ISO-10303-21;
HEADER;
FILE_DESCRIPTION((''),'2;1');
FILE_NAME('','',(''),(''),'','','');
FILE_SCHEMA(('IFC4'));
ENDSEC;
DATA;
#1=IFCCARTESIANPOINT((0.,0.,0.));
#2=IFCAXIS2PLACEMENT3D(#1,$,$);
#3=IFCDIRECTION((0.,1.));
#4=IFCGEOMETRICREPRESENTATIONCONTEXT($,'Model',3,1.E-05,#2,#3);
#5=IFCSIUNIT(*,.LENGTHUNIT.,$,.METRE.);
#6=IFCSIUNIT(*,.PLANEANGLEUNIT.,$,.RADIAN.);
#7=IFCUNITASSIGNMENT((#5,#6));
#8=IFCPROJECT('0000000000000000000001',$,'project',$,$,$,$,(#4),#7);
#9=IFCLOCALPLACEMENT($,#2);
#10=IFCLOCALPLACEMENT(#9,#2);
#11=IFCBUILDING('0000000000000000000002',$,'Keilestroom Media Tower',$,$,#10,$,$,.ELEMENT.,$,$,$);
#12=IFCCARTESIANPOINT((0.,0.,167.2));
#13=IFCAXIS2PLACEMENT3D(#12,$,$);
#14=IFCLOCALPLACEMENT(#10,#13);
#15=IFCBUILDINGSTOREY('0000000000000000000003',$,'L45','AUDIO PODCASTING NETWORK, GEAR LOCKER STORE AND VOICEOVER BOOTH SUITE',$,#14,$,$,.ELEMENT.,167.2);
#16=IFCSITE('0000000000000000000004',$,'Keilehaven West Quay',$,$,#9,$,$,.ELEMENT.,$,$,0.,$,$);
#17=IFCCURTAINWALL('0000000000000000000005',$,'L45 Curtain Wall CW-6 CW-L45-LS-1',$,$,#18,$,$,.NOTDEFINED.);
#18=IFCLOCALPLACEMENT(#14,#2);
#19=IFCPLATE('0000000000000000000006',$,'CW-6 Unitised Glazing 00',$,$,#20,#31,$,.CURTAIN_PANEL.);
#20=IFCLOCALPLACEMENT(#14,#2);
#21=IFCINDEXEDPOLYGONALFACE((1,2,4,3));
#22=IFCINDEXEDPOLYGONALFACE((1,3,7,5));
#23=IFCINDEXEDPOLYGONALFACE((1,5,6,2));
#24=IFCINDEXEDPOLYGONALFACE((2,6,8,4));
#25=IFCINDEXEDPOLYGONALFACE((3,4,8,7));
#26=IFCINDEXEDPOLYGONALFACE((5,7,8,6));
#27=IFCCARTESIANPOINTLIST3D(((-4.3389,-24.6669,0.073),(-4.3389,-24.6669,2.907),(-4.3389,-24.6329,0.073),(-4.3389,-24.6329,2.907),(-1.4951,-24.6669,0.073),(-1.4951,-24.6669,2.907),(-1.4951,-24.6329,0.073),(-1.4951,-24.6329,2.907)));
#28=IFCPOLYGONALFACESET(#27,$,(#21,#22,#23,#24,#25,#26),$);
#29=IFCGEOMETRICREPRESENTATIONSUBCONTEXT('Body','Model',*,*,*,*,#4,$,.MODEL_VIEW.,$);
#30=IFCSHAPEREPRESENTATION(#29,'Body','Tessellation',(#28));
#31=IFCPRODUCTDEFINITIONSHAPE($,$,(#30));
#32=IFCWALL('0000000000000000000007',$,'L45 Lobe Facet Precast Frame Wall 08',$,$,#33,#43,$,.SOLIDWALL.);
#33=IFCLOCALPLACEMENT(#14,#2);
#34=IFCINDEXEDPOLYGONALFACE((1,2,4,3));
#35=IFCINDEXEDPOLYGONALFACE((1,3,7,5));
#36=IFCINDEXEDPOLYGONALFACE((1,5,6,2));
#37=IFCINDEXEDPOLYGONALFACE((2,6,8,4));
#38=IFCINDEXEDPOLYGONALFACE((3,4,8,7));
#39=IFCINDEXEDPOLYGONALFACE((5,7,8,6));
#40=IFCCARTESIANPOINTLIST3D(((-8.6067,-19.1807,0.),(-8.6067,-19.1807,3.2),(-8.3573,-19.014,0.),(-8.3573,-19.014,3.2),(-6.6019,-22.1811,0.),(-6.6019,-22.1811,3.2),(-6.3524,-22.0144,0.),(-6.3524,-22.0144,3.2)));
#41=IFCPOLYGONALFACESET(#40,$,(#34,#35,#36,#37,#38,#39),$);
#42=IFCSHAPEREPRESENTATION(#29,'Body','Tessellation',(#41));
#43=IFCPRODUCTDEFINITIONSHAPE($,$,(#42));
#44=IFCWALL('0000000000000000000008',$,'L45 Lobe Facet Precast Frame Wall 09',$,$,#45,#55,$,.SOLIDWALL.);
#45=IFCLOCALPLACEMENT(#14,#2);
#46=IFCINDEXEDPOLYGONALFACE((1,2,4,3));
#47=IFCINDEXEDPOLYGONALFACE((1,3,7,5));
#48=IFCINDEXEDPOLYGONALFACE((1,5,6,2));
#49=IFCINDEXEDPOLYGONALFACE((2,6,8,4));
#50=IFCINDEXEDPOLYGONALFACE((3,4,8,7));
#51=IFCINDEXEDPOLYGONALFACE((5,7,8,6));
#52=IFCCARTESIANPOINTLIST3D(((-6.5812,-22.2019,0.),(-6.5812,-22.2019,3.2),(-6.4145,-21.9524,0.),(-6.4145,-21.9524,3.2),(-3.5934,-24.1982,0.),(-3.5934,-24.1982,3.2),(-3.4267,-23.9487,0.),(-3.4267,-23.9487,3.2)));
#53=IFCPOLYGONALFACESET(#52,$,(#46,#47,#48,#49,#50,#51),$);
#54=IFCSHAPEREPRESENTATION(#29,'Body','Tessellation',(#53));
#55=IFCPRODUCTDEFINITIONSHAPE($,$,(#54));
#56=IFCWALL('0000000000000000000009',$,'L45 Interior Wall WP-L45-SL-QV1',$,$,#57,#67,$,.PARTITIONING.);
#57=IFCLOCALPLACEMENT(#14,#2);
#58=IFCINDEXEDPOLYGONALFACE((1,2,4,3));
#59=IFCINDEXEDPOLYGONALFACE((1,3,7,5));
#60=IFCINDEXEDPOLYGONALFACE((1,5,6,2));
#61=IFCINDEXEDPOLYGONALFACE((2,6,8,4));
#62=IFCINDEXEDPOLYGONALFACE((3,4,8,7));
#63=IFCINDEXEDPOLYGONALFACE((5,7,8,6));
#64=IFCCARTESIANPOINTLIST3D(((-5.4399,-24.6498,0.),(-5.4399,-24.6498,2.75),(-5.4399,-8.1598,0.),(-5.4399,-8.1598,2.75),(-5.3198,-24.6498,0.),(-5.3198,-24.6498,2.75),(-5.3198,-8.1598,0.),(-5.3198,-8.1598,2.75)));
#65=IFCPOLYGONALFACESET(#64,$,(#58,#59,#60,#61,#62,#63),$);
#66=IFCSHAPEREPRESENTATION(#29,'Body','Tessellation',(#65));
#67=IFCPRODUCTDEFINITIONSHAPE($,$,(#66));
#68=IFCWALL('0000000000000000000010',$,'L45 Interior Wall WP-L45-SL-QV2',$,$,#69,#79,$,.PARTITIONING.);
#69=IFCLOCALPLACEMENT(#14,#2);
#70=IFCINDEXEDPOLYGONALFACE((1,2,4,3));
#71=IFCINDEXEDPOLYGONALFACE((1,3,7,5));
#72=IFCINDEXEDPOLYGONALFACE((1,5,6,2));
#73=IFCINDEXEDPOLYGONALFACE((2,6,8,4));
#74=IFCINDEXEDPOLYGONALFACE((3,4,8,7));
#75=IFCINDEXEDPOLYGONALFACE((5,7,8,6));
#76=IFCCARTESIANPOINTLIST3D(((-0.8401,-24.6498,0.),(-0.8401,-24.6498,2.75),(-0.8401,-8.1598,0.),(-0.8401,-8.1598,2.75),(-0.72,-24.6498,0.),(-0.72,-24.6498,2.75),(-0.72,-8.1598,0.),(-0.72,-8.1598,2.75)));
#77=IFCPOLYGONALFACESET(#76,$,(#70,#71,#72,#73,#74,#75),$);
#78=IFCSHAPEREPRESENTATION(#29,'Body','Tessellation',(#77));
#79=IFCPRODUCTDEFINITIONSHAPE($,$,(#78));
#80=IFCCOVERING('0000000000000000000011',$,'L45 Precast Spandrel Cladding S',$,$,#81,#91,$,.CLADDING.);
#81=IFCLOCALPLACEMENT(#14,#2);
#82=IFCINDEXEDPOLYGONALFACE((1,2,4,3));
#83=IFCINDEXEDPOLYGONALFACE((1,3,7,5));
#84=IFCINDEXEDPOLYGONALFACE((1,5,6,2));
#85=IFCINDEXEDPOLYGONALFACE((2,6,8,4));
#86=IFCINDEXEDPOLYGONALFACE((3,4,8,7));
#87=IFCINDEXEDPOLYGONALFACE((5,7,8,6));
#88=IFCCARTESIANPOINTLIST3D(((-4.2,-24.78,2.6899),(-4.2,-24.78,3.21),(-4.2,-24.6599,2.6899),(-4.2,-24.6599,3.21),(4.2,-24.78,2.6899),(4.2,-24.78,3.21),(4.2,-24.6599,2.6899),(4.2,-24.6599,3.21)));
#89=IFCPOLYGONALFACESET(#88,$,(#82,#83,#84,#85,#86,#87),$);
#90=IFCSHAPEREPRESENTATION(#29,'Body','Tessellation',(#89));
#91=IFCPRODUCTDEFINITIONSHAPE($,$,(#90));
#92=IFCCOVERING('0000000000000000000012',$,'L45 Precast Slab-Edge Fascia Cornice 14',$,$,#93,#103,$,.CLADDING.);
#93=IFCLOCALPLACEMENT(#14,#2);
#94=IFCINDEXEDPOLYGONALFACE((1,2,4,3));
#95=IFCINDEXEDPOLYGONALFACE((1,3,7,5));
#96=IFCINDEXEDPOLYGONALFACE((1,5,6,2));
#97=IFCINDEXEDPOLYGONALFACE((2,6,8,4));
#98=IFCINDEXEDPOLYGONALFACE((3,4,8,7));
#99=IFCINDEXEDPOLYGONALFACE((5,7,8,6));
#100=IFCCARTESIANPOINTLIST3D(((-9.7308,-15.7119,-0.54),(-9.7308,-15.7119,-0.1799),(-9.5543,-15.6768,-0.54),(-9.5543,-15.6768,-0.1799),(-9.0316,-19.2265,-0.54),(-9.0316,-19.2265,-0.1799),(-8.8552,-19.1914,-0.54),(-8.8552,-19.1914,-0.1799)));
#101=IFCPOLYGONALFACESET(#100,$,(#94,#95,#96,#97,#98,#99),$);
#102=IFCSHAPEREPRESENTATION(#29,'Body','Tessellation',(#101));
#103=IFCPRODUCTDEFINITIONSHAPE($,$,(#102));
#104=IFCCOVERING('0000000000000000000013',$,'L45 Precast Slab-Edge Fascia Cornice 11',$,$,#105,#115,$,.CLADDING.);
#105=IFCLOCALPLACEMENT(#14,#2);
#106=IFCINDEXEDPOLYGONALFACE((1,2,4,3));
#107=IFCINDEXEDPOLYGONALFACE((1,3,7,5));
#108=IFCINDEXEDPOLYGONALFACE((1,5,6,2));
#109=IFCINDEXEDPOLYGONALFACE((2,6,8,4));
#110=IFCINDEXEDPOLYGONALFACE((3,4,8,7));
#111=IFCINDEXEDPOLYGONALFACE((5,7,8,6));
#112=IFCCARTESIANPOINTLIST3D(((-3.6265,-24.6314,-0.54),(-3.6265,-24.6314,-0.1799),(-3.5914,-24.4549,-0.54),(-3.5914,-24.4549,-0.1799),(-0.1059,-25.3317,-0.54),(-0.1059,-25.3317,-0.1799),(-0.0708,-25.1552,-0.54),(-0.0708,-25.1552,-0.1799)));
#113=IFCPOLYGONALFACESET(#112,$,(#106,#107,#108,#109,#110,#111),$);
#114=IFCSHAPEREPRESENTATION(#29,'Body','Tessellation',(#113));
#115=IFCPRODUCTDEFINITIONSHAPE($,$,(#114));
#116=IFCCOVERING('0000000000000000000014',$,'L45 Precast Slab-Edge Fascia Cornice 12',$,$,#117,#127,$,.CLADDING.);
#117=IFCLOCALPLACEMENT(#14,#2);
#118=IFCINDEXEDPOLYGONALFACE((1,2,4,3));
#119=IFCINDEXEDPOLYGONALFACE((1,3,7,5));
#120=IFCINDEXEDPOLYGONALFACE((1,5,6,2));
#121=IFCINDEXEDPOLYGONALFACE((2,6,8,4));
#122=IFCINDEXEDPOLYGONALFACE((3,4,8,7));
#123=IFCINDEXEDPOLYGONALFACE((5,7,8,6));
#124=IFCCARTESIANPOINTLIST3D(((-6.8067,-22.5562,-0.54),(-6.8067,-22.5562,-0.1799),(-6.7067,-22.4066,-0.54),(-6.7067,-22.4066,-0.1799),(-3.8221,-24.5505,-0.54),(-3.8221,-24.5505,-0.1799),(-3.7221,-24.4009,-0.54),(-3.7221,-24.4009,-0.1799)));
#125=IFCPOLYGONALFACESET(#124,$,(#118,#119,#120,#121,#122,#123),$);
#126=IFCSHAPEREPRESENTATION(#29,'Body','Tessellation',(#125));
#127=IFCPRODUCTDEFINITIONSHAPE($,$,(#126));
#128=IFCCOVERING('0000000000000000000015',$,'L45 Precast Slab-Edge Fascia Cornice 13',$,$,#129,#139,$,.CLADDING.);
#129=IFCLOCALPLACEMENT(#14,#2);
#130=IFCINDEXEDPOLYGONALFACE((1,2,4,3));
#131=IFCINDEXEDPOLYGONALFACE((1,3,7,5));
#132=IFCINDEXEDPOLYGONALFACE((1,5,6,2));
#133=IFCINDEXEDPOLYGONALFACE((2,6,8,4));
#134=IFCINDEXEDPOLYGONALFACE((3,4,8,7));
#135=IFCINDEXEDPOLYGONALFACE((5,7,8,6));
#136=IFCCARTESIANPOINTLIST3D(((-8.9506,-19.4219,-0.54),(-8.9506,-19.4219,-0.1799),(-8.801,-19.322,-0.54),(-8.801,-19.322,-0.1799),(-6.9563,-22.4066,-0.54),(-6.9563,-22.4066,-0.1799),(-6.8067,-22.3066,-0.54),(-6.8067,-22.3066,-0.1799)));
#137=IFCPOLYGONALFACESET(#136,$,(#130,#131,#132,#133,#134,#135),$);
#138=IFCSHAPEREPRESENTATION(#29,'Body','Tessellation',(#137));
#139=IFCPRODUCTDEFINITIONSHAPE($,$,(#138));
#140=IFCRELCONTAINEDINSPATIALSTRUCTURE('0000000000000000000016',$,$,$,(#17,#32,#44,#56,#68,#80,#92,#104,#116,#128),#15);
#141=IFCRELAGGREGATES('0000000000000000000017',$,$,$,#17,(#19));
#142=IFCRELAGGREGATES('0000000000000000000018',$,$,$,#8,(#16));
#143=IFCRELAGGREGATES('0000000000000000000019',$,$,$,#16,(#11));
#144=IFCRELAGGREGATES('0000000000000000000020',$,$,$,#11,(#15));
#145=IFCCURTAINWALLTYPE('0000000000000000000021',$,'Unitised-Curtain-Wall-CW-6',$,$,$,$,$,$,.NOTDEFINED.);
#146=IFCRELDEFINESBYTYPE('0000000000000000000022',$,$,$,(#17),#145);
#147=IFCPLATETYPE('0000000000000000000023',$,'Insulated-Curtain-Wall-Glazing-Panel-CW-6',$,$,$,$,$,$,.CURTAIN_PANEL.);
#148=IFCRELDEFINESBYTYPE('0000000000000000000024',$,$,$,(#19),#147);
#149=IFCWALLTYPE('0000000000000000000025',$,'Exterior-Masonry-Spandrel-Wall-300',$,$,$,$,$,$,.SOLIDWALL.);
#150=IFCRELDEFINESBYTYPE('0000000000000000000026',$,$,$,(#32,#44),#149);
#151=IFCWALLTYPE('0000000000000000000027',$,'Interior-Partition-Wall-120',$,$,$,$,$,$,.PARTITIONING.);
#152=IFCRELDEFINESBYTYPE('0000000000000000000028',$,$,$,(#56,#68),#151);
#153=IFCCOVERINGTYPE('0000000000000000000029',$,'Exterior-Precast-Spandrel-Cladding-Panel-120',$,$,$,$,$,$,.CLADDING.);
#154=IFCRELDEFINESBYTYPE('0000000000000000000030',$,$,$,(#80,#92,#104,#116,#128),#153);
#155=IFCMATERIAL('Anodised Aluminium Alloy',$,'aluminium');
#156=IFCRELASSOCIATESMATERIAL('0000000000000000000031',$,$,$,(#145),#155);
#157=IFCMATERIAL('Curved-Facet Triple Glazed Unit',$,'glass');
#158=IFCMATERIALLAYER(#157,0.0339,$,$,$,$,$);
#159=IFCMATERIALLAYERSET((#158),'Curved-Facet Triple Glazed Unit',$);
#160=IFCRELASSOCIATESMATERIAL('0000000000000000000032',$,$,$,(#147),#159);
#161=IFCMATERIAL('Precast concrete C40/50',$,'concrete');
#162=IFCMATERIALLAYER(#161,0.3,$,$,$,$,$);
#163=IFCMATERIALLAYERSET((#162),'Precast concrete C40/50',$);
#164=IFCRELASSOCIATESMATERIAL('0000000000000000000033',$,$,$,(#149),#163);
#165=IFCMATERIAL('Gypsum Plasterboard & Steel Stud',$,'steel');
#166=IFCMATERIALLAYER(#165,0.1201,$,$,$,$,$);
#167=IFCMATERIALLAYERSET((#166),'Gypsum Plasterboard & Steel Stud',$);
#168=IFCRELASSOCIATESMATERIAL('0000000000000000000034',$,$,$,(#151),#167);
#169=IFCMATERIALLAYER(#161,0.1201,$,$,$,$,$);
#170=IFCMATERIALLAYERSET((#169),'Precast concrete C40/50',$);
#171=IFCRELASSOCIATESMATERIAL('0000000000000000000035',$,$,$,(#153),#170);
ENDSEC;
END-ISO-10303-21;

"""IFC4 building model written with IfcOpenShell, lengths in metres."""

from ifc_helpers import new_model, si_unit, direction, frame, frame_2d, origin, origin_2d, place, context, subcontext, project, spatial, rectangle, extrude, source, transform, mapped, material, layer, layer_set, type_object, element, aggregate, save


model = new_model("IFC4")

# Units and contexts
model_context = context("Model", 3, precision=1e-05, world=origin(), true_north=direction((0.0, 1.0)))
body_context = subcontext(model_context, "Body", "Model", "MODEL_VIEW")
ifc_project = project(units=[si_unit("LENGTHUNIT", "METRE"), si_unit("PLANEANGLEUNIT", "RADIAN")], contexts=[model_context])

# Site, building, storey
site_placement = place(None, origin())
site = spatial("IfcSite", under=ifc_project, at=site_placement, Name="Keilehaven West Quay", CompositionType="ELEMENT", RefElevation=0.0)
building_placement = place(site_placement, origin())
building = spatial("IfcBuilding", under=site, at=building_placement, Name="Keilestroom Media Tower", CompositionType="ELEMENT")
storey_placement = place(building_placement, frame((0.0, 0.0, 167.2)))
storey = spatial("IfcBuildingStorey", under=building, at=storey_placement, Name="L45", Description="AUDIO PODCASTING NETWORK, GEAR LOCKER STORE AND VOICEOVER BOOTH SUITE", CompositionType="ELEMENT", Elevation=167.2)

# Curtain wall, plate
ifc_material_1 = material(Name="Anodised Aluminium Alloy", Category="aluminium")
curtain_wall_type = type_object("IfcCurtainWallType", Name="Unitised-Curtain-Wall-CW-6", PredefinedType="NOTDEFINED", material=ifc_material_1)
curtain_wall_placement = place(storey_placement, origin())
curtain_wall = element("IfcCurtainWall", 1, at=curtain_wall_placement, inside=storey, type_object=curtain_wall_type, Name="L45 Curtain Wall CW-6 CW-L45-LS-1", PredefinedType="NOTDEFINED")
ifc_material_2 = material(Name="Curved-Facet Triple Glazed Unit", Category="glass")
ifc_layer_1 = layer(ifc_material_2, 0.0339)
ifc_layer_set_1 = layer_set([ifc_layer_1], Name="Curved-Facet Triple Glazed Unit")
plate_type = type_object("IfcPlateType", Name="Insulated-Curtain-Wall-Glazing-Panel-CW-6", PredefinedType="CURTAIN_PANEL", material=ifc_layer_set_1)
shared_shape_1 = source(origin(), body_context, "Body", "SweptSolid", [
    extrude(rectangle(XDim=2.8438, YDim=0.0339, at=origin_2d()), origin(), (0.0, 0.0, 1.0), 2.834),
])
plate_placement = place(storey_placement, frame((-2.917, -24.6499, 0.073), z_axis=(0.0, 0.0, 1.0), x_axis=(1.0, 0.0, 0.0)))
plate = element("IfcPlate", 2, at=plate_placement, type_object=plate_type, Name="CW-6 Unitised Glazing 00", PredefinedType="CURTAIN_PANEL", context=body_context, shape_type="MappedRepresentation", body=[
    mapped(shared_shape_1, transform((0.0, 0.0, 0.0), x_axis=(1.0, 0.0, 0.0), y_axis=(0.0, 1.0, 0.0), z_axis=(0.0, 0.0, 1.0), scale=1.0)),
])
aggregate(curtain_wall, [plate])

# Walls
ifc_material_3 = material(Name="Precast concrete C40/50", Category="concrete")
ifc_layer_2 = layer(ifc_material_3, 0.3)
ifc_layer_set_2 = layer_set([ifc_layer_2], Name="Precast concrete C40/50")
wall_type_1 = type_object("IfcWallType", Name="Exterior-Masonry-Spandrel-Wall-300", PredefinedType="SOLIDWALL", material=ifc_layer_set_2)
wall_1_placement = place(storey_placement, frame((-8.4819, -19.0974, 0.0), z_axis=(0.0, 0.0, 1.0), x_axis=(0.555574, -0.831467, 0.0)))
element("IfcWall", 3, at=wall_1_placement, inside=storey, type_object=wall_type_1, Name="L45 Lobe Facet Precast Frame Wall 08", PredefinedType="SOLIDWALL", context=body_context, shape_type="SweptSolid", body=[
    extrude(rectangle(XDim=3.6086, YDim=0.3, at=frame_2d((1.8042, 0.0))), origin(), (0.0, 0.0, 1.0), 3.2),
])
wall_2_placement = place(storey_placement, frame((-6.4978, -22.0771, 0.0), z_axis=(0.0, 0.0, 1.0), x_axis=(0.831475, -0.555562, 0.0)))
element("IfcWall", 4, at=wall_2_placement, inside=storey, type_object=wall_type_1, Name="L45 Lobe Facet Precast Frame Wall 09", PredefinedType="SOLIDWALL", context=body_context, shape_type="SweptSolid", body=[
    extrude(rectangle(XDim=3.5933, YDim=0.3, at=frame_2d((1.7966, 0.0))), origin(), (0.0, 0.0, 1.0), 3.2),
])
ifc_material_4 = material(Name="Gypsum Plasterboard & Steel Stud", Category="steel")
ifc_layer_3 = layer(ifc_material_4, 0.1201)
ifc_layer_set_3 = layer_set([ifc_layer_3], Name="Gypsum Plasterboard & Steel Stud")
wall_type_2 = type_object("IfcWallType", Name="Interior-Partition-Wall-120", PredefinedType="PARTITIONING", material=ifc_layer_set_3)
for number, where, z_axis, x_axis, name in (
    (5, (-5.3799, -24.6499, 0.0), (0.0, 0.0, 1.0), (0.0, 1.0, 0.0), "L45 Interior Wall WP-L45-SL-QV1"),
    (6, (-0.78, -24.6499, 0.0), (0.0, 0.0, 1.0), (0.0, 1.0, 0.0), "L45 Interior Wall WP-L45-SL-QV2"),
):
    element("IfcWall", number, at=place(storey_placement, frame(where, z_axis=z_axis, x_axis=x_axis)), inside=storey, type_object=wall_type_2, Name=name, PredefinedType="PARTITIONING", context=body_context, shape_type="SweptSolid", body=[
        extrude(rectangle(XDim=16.49, YDim=0.1201, at=frame_2d((8.2451, 0.0))), origin(), (0.0, 0.0, 1.0), 2.75),
    ])

# Coverings
ifc_layer_4 = layer(ifc_material_3, 0.1201)
ifc_layer_set_4 = layer_set([ifc_layer_4], Name="Precast concrete C40/50")
covering_type = type_object("IfcCoveringType", Name="Exterior-Precast-Spandrel-Cladding-Panel-120", PredefinedType="CLADDING", material=ifc_layer_set_4)
shared_shape_2 = source(origin(), body_context, "Body", "SweptSolid", [
    extrude(rectangle(XDim=8.3999, YDim=0.1201, at=origin_2d()), origin(), (0.0, 0.0, 1.0), 0.52),
])
covering_1_placement = place(storey_placement, frame((0.0, -24.72, 2.6899), z_axis=(0.0, 0.0, 1.0), x_axis=(1.0, 0.0, 0.0)))
element("IfcCovering", 7, at=covering_1_placement, inside=storey, type_object=covering_type, Name="L45 Precast Spandrel Cladding S", PredefinedType="CLADDING", context=body_context, shape_type="MappedRepresentation", body=[
    mapped(shared_shape_2, transform((0.0, 0.0, 0.0), x_axis=(1.0, 0.0, 0.0), y_axis=(0.0, 1.0, 0.0), z_axis=(0.0, 0.0, 1.0), scale=1.0)),
])
shared_shape_3 = source(origin(), body_context, "Body", "SweptSolid", [
    extrude(rectangle(XDim=3.5835, YDim=0.1799, at=origin_2d()), origin(), (0.0, 0.0, 1.0), 0.3601),
])
covering_2_placement = place(storey_placement, frame((-9.293, -17.4517, -0.54), z_axis=(0.0, 0.0, 1.0), x_axis=(-0.195099, 0.980784, 0.0)))
element("IfcCovering", 8, at=covering_2_placement, inside=storey, type_object=covering_type, Name="L45 Precast Slab-Edge Fascia Cornice 14", PredefinedType="CLADDING", context=body_context, shape_type="MappedRepresentation", body=[
    mapped(shared_shape_3, transform((0.0, 0.0, 0.0), x_axis=(1.0, 0.0, 0.0), y_axis=(0.0, 1.0, 0.0), z_axis=(0.0, 0.0, 1.0), scale=1.0)),
])
shared_shape_4 = source(origin(), body_context, "Body", "SweptSolid", [
    extrude(rectangle(XDim=3.5896, YDim=0.1799, at=origin_2d()), origin(), (0.0, 0.0, 1.0), 0.3601),
])
for number, where, z_axis, x_axis, name in (
    (9, (-1.8486, -24.8933, -0.54), (0.0, 0.0, 1.0), (-0.980784, 0.195099, 0.0), "L45 Precast Slab-Edge Fascia Cornice 11"),
    (10, (-5.2644, -23.4785, -0.54), (0.0, 0.0, 1.0), (-0.831467, 0.555575, 0.0), "L45 Precast Slab-Edge Fascia Cornice 12"),
    (11, (-7.8787, -20.8643, -0.54), (0.0, 0.0, 1.0), (-0.555575, 0.831467, 0.0), "L45 Precast Slab-Edge Fascia Cornice 13"),
):
    element("IfcCovering", number, at=place(storey_placement, frame(where, z_axis=z_axis, x_axis=x_axis)), inside=storey, type_object=covering_type, Name=name, PredefinedType="CLADDING", context=body_context, shape_type="MappedRepresentation", body=[
        mapped(shared_shape_4, transform((0.0, 0.0, 0.0), x_axis=(1.0, 0.0, 0.0), y_axis=(0.0, 1.0, 0.0), z_axis=(0.0, 0.0, 1.0), scale=1.0)),
    ])

save(model, "model.ifc")
